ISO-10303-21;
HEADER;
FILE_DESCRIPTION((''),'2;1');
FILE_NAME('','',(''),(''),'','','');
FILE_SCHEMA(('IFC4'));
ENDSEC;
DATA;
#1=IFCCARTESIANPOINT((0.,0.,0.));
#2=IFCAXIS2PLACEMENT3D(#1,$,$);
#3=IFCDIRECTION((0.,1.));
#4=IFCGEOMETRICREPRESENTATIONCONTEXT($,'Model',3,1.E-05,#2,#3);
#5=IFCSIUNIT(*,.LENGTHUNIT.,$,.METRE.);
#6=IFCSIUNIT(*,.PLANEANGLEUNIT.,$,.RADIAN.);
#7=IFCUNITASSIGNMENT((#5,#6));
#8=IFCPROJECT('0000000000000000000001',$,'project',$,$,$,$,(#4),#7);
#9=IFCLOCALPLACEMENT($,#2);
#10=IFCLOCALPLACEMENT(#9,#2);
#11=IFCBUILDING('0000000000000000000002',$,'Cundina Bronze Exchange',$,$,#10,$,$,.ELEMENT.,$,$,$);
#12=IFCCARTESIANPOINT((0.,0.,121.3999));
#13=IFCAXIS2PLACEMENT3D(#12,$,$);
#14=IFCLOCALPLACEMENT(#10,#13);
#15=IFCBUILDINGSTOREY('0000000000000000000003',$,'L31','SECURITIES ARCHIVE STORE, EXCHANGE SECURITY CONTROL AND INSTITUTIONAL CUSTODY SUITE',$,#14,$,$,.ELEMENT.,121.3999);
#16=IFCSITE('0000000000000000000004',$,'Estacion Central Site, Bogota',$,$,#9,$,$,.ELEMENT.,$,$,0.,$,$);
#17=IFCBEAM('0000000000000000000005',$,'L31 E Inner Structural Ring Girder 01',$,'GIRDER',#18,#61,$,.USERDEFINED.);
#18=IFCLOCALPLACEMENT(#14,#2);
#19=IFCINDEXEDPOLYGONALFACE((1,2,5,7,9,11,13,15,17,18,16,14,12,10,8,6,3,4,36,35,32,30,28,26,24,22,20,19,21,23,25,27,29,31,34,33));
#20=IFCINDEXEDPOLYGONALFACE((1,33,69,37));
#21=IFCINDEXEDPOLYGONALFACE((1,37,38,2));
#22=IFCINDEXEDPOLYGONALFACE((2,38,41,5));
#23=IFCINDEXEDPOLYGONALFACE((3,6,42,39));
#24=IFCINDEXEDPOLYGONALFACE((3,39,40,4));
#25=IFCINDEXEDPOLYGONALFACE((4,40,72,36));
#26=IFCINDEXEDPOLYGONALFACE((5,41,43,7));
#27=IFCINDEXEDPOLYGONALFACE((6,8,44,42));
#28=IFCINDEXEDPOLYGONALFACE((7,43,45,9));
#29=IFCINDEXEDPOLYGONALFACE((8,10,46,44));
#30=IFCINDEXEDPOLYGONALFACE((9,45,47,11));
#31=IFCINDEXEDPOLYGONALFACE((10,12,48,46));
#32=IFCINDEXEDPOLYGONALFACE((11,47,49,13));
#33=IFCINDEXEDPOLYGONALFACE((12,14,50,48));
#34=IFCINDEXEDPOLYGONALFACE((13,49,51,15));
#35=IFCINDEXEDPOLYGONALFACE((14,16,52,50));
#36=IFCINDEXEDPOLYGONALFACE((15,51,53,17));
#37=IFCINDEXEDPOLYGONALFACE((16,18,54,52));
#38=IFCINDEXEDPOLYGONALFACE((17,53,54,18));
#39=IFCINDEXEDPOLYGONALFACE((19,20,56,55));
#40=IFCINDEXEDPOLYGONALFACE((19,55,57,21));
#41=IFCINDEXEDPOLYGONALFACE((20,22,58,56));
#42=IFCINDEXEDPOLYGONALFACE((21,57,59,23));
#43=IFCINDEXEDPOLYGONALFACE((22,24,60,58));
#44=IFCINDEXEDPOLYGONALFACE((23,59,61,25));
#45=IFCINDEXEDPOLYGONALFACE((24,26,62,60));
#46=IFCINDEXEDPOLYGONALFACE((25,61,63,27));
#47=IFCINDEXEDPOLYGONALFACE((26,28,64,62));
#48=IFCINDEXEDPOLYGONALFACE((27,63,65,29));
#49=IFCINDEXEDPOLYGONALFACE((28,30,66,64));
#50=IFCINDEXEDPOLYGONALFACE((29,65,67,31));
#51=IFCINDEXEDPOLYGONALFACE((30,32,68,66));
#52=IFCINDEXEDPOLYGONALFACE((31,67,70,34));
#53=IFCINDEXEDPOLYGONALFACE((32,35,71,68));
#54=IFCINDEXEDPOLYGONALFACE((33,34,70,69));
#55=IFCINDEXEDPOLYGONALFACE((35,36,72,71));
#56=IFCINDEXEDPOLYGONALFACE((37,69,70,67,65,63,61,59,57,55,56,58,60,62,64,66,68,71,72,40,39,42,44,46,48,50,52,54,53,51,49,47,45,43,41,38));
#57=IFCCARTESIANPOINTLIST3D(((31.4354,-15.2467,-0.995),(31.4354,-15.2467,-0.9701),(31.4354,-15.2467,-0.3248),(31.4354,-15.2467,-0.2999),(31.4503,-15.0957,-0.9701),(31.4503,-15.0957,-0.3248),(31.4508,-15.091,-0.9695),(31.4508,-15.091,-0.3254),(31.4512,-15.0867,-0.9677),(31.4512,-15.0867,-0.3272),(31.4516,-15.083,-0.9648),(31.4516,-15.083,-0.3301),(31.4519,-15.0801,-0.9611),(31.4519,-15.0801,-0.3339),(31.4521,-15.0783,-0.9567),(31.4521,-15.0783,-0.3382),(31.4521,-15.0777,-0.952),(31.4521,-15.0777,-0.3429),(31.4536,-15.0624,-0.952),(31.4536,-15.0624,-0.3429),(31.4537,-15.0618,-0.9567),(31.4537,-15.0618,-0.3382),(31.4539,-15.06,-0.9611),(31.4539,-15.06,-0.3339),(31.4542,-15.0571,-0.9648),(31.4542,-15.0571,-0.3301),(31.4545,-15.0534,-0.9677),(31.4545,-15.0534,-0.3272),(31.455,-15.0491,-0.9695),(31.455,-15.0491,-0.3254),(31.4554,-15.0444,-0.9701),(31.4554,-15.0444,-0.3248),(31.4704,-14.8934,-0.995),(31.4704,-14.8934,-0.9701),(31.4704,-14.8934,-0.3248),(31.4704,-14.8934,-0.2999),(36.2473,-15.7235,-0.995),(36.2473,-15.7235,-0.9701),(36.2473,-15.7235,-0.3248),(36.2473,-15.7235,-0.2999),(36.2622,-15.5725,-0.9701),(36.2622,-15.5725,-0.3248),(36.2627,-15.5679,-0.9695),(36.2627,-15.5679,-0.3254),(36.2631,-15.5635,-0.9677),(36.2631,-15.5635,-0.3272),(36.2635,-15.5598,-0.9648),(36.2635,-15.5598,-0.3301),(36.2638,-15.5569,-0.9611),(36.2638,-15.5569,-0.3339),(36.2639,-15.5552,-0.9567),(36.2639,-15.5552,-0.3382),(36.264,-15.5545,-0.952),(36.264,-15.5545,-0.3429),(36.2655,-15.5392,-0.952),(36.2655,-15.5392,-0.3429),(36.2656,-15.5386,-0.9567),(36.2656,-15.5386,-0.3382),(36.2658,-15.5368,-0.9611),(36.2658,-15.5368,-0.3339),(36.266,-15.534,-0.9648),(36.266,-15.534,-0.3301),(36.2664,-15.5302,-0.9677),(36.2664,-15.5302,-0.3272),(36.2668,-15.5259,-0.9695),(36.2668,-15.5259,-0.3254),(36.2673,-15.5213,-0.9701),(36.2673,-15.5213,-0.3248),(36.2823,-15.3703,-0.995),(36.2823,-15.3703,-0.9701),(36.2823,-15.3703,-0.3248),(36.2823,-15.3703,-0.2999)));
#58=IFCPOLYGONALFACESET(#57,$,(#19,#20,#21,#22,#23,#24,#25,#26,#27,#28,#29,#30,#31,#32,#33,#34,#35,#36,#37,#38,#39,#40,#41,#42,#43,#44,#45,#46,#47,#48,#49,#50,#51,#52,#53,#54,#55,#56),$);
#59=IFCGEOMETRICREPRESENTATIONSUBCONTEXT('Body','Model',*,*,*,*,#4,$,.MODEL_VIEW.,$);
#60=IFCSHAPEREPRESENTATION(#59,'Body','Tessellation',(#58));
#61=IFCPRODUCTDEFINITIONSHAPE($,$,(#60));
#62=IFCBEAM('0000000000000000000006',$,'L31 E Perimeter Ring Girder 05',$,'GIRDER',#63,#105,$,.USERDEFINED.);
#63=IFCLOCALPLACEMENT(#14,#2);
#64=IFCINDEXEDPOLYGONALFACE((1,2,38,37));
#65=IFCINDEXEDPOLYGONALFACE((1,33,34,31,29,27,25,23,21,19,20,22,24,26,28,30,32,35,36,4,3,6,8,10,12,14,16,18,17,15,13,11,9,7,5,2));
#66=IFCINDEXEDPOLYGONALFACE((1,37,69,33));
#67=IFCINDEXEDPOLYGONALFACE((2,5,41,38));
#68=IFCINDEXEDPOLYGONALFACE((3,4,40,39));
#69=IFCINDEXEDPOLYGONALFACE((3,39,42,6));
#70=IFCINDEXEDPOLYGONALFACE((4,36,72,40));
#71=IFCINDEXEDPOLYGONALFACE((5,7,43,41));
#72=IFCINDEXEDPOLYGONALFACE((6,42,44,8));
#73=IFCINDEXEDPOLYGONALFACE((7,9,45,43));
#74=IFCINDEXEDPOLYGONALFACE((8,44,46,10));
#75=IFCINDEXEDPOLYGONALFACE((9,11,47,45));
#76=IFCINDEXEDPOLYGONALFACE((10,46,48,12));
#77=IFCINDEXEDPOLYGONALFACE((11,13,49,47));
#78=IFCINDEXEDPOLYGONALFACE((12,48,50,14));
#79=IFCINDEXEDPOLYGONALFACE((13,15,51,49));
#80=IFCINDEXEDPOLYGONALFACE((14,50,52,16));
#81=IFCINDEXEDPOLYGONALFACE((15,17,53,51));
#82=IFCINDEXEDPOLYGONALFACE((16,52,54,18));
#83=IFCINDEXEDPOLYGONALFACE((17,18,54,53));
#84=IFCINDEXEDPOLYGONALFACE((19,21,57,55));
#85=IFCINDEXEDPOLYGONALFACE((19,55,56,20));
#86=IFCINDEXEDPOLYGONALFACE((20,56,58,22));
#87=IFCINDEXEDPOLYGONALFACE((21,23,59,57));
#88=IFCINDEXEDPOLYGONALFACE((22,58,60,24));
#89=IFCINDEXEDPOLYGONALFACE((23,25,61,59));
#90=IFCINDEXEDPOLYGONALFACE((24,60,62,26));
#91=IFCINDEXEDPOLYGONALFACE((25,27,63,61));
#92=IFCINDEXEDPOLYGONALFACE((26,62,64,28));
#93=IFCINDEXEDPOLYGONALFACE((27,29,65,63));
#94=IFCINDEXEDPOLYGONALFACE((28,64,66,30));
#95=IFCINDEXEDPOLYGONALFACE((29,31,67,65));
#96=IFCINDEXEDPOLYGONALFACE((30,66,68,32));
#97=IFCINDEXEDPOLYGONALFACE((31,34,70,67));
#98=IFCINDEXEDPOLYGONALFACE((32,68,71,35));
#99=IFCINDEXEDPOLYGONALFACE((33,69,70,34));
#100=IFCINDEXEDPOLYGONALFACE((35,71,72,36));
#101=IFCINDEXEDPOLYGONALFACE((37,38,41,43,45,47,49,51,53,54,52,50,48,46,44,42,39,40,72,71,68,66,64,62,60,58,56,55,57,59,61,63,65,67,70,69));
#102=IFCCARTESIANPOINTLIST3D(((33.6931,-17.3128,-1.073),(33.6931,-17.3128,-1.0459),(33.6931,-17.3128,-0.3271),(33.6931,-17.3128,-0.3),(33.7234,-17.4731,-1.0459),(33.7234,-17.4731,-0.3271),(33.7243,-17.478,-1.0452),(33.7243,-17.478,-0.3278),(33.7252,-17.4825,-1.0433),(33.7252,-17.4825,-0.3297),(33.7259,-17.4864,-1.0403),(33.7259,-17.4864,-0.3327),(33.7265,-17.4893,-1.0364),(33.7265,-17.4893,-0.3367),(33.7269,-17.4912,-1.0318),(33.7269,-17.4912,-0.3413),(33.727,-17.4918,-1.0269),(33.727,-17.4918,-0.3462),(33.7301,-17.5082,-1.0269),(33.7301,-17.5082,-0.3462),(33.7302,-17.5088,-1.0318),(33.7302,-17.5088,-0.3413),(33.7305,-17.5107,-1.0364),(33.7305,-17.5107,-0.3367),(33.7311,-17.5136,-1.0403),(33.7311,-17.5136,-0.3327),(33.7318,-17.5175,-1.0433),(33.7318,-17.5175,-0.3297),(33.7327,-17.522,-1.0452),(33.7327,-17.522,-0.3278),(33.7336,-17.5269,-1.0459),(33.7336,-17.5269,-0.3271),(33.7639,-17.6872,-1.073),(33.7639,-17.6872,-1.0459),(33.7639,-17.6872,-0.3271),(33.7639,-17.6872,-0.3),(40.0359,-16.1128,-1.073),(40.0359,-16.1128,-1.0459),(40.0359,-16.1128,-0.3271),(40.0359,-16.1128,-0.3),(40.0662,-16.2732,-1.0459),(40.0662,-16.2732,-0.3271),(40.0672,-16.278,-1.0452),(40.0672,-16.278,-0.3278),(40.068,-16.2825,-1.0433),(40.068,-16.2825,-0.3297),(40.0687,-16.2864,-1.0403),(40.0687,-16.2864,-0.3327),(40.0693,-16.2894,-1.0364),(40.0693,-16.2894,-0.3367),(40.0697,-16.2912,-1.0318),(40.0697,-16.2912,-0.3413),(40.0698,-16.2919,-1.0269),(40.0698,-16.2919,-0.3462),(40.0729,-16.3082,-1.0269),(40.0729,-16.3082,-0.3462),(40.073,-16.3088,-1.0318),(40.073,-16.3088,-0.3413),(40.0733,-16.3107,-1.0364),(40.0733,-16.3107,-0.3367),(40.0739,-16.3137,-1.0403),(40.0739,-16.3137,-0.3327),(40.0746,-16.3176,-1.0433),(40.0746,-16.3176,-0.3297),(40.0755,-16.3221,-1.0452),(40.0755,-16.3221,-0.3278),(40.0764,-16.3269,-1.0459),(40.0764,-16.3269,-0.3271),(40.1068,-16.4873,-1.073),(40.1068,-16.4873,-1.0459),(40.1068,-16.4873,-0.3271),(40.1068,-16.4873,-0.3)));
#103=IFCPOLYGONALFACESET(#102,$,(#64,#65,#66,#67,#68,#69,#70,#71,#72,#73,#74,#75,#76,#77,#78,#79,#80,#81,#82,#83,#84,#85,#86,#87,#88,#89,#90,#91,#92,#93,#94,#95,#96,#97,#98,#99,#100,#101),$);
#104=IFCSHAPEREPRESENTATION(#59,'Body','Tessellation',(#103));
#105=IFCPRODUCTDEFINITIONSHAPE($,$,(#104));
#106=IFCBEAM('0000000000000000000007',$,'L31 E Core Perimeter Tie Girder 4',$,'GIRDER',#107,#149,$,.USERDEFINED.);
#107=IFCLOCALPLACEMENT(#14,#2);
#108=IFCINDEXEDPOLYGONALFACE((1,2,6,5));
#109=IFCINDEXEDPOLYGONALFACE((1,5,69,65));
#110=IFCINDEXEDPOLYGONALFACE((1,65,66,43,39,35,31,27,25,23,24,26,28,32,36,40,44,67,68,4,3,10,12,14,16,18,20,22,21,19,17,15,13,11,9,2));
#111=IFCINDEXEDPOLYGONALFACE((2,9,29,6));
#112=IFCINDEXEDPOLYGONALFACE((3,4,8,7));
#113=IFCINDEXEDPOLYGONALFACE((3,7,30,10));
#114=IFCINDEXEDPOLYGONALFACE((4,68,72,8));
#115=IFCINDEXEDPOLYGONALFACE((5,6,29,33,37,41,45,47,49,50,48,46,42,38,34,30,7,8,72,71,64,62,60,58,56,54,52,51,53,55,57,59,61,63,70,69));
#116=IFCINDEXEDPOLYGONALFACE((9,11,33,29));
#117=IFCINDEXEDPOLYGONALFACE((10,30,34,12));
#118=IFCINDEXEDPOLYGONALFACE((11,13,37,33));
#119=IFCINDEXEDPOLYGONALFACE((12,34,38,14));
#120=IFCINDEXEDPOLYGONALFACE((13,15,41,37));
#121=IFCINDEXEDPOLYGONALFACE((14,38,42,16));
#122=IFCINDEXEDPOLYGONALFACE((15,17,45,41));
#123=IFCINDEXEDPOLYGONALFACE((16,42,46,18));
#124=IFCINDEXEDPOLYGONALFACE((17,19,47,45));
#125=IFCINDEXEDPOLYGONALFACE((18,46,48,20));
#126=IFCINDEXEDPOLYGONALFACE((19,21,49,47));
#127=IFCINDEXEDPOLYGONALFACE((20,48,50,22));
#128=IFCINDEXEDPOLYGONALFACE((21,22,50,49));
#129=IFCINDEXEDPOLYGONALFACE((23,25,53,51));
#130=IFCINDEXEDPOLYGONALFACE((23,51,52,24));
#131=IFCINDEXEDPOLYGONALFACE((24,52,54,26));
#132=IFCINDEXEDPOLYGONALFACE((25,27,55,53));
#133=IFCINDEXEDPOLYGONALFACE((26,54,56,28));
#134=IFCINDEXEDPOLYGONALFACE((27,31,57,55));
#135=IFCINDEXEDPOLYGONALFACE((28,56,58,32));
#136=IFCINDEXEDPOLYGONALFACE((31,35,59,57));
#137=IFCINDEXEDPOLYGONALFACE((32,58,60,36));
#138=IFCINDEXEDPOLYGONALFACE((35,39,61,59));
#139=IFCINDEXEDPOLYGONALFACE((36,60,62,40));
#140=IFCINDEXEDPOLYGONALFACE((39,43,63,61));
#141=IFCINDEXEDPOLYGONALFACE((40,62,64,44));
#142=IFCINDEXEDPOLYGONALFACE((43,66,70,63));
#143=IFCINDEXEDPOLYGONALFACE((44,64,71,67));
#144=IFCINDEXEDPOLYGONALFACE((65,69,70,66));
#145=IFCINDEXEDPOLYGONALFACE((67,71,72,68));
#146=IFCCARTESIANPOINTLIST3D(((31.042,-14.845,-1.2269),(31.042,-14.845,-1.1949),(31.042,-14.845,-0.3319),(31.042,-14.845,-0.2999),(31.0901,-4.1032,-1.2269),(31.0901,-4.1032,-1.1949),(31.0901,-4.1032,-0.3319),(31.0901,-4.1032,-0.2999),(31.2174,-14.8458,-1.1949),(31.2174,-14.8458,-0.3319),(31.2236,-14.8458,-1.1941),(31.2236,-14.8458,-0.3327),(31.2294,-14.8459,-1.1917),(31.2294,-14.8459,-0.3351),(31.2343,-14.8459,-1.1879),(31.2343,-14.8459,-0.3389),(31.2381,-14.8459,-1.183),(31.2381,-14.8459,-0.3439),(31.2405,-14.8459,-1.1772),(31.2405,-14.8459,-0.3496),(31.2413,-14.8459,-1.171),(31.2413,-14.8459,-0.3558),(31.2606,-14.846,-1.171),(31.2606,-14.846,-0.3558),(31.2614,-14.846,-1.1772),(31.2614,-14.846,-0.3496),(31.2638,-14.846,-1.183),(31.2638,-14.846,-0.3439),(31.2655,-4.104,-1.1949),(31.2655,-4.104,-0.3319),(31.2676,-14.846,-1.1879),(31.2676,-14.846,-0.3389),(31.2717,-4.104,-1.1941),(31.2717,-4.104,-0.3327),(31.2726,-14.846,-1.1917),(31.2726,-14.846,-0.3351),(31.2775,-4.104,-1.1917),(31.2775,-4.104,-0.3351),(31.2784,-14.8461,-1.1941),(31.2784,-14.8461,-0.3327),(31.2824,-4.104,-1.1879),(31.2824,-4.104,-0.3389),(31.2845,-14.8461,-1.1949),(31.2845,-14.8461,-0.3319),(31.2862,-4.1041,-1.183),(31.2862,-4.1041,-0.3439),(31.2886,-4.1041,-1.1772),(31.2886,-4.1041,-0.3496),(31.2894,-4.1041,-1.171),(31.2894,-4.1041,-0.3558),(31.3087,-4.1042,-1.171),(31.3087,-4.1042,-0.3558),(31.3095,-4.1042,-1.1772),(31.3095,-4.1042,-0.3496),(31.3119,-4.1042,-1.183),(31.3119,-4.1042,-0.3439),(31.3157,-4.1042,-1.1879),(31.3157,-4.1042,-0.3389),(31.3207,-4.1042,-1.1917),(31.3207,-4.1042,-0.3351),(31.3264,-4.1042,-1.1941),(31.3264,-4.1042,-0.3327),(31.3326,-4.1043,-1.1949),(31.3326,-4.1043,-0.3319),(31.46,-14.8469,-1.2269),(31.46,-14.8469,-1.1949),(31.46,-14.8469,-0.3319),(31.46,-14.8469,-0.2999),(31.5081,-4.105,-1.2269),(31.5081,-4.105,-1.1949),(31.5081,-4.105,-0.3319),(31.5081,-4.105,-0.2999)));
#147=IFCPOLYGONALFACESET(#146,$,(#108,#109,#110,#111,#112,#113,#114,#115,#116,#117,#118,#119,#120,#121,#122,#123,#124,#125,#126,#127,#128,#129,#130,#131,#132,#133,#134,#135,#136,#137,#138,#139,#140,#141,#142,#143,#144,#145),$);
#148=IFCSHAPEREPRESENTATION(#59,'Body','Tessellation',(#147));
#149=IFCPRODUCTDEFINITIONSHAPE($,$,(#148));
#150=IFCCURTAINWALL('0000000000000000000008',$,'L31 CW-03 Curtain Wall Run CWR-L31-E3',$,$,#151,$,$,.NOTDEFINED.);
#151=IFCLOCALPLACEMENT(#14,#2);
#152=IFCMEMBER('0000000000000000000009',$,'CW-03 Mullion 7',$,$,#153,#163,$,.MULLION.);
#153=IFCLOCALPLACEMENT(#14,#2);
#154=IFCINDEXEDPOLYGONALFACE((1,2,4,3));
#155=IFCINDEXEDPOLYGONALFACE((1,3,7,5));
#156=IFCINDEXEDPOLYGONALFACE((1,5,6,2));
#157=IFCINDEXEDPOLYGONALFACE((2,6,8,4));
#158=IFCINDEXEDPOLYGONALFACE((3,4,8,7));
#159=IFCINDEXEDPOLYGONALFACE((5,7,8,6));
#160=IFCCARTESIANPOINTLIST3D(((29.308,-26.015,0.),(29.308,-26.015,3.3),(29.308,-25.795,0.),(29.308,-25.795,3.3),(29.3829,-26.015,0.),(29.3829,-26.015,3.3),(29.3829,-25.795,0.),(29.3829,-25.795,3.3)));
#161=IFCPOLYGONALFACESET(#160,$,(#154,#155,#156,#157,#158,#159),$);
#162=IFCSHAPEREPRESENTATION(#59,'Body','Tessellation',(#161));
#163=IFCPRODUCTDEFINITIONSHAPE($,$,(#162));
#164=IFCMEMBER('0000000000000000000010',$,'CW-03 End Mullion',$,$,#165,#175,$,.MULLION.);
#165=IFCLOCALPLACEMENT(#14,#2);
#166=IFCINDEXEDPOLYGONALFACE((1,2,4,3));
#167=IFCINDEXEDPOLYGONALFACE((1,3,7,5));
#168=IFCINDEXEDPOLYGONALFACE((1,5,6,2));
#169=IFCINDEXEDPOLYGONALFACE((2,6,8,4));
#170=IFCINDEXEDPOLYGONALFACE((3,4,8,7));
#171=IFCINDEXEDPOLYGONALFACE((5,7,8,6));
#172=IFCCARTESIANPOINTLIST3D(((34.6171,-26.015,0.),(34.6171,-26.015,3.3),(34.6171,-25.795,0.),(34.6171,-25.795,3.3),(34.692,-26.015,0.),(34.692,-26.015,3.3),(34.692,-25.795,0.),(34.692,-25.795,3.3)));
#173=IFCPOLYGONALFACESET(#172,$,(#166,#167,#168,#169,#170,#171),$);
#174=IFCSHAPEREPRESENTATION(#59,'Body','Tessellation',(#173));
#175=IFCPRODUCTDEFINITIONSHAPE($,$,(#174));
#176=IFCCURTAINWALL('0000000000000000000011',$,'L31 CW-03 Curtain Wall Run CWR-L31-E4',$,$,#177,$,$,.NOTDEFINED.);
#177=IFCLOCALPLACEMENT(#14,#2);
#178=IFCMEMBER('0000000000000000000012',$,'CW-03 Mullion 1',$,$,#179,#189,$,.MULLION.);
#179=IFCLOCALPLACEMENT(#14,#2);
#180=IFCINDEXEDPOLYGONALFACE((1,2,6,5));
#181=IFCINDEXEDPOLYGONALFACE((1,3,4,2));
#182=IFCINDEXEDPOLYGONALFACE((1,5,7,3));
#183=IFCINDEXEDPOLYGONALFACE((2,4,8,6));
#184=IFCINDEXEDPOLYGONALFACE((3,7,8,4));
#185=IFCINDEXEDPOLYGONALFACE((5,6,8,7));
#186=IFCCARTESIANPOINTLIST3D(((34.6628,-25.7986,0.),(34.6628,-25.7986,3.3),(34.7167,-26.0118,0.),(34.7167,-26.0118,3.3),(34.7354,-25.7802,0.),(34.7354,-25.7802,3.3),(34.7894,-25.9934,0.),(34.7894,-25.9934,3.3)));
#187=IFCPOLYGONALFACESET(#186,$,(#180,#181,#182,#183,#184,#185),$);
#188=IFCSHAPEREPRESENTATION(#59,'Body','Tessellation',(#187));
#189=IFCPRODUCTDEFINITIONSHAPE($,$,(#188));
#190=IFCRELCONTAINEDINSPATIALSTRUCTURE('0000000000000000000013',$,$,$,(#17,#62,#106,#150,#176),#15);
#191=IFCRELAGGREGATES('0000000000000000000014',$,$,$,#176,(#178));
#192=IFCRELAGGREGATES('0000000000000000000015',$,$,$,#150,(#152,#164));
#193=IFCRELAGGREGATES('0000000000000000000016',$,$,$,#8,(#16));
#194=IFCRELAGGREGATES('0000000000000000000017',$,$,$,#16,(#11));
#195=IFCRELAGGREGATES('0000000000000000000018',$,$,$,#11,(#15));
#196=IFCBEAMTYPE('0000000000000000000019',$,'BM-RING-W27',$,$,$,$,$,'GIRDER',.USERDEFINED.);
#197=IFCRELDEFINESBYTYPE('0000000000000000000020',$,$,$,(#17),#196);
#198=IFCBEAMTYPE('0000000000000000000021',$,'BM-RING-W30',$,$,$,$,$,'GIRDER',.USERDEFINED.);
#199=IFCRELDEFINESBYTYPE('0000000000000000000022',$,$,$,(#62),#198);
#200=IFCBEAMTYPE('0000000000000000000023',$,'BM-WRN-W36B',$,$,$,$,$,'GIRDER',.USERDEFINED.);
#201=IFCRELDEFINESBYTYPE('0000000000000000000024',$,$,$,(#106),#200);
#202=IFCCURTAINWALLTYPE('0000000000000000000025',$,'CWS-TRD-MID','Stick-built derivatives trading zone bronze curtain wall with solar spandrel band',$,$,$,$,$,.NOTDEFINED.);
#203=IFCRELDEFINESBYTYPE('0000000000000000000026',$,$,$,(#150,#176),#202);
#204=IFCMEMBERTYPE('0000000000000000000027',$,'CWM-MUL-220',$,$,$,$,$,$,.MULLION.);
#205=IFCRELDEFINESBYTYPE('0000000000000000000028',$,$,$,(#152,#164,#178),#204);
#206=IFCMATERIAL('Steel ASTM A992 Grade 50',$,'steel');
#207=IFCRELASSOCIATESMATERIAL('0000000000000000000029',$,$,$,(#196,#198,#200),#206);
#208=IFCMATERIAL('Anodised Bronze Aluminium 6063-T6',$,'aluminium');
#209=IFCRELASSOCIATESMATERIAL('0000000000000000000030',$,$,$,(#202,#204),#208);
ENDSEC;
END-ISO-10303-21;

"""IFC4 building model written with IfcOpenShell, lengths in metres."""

from ifc_helpers import new_model, si_unit, direction, frame, origin, origin_2d, place, context, subcontext, project, spatial, rectangle, i_section, extrude, material, material_profile, profile_set, type_object, element, aggregate, save


model = new_model("IFC4")

# Units and contexts
model_context = context("Model", 3, precision=1e-05, world=origin(), true_north=direction((0.0, 1.0)))
body_context = subcontext(model_context, "Body", "Model", "MODEL_VIEW")
ifc_project = project(units=[si_unit("LENGTHUNIT", "METRE"), si_unit("PLANEANGLEUNIT", "RADIAN")], contexts=[model_context])

# Site, building, storey
site_placement = place(None, origin())
site = spatial("IfcSite", under=ifc_project, at=site_placement, Name="Estacion Central Site, Bogota", CompositionType="ELEMENT", RefElevation=0.0)
building_placement = place(site_placement, origin())
building = spatial("IfcBuilding", under=site, at=building_placement, Name="Cundina Bronze Exchange", CompositionType="ELEMENT")
storey_placement = place(building_placement, frame((0.0, 0.0, 121.3999)))
storey = spatial("IfcBuildingStorey", under=building, at=storey_placement, Name="L31", Description="SECURITIES ARCHIVE STORE, EXCHANGE SECURITY CONTROL AND INSTITUTIONAL CUSTODY SUITE", CompositionType="ELEMENT", Elevation=121.3999)

# Shared definitions
ifc_material_1 = material(Name="Steel ASTM A992 Grade 50", Category="steel")

# Beams
ifc_material_profile_1 = material_profile(ifc_material_1, i_section(OverallWidth=0.355, OverallDepth=0.6951, WebThickness=0.0154, FlangeThickness=0.0249, FilletRadius=0.0181, at=origin_2d()), Name="W27X146", Category="steel")
ifc_profile_set_1 = profile_set([ifc_material_profile_1], Name="Steel ASTM A992 Grade 50")
beam_type_1 = type_object("IfcBeamType", Name="BM-RING-W27", ElementType="GIRDER", PredefinedType="USERDEFINED", material=ifc_profile_set_1)
beam_1_placement = place(storey_placement, frame((31.4529, -15.0701, -0.6475), z_axis=(0.995126, -0.098609, 0.0), x_axis=(0.098609, 0.995126, 0.0)))
element("IfcBeam", 1, at=beam_1_placement, inside=storey, type_object=beam_type_1, Name="L31 E Inner Structural Ring Girder 01", ObjectType="GIRDER", PredefinedType="USERDEFINED", context=body_context, shape_type="SweptSolid", body=[
    extrude(i_section(OverallWidth=0.355, OverallDepth=0.6951, WebThickness=0.0154, FlangeThickness=0.0249, FilletRadius=0.0181, at=origin_2d()), origin(), (0.0, 0.0, 1.0), 4.8354),
])
ifc_material_profile_2 = material_profile(ifc_material_1, i_section(OverallWidth=0.3811, OverallDepth=0.7729, WebThickness=0.0166, FlangeThickness=0.0271, FilletRadius=0.019, at=origin_2d()), Name="W30X173", Category="steel")
ifc_profile_set_2 = profile_set([ifc_material_profile_2], Name="Steel ASTM A992 Grade 50")
beam_type_2 = type_object("IfcBeamType", Name="BM-RING-W30", ElementType="GIRDER", PredefinedType="USERDEFINED", material=ifc_profile_set_2)
beam_2_placement = place(storey_placement, frame((33.7285, -17.5, -0.6865), z_axis=(0.982571, 0.185887, 0.0), x_axis=(-0.185887, 0.982571, 0.0)))
element("IfcBeam", 2, at=beam_2_placement, inside=storey, type_object=beam_type_2, Name="L31 E Perimeter Ring Girder 05", ObjectType="GIRDER", PredefinedType="USERDEFINED", context=body_context, shape_type="SweptSolid", body=[
    extrude(i_section(OverallWidth=0.3811, OverallDepth=0.7729, WebThickness=0.0166, FlangeThickness=0.0271, FilletRadius=0.019, at=origin_2d()), origin(), (0.0, 0.0, 1.0), 6.4553),
])
ifc_material_profile_3 = material_profile(ifc_material_1, i_section(OverallWidth=0.418, OverallDepth=0.927, WebThickness=0.0193, FlangeThickness=0.032, FilletRadius=0.0239, at=origin_2d()), Name="W36X231", Category="steel")
ifc_profile_set_3 = profile_set([ifc_material_profile_3], Name="Steel ASTM A992 Grade 50")
beam_type_3 = type_object("IfcBeamType", Name="BM-WRN-W36B", ElementType="GIRDER", PredefinedType="USERDEFINED", material=ifc_profile_set_3)
beam_3_placement = place(storey_placement, frame((31.251, -14.8459, -0.7634), z_axis=(0.004477, 0.99999, 0.0), x_axis=(-0.99999, 0.004477, 0.0)))
element("IfcBeam", 3, at=beam_3_placement, inside=storey, type_object=beam_type_3, Name="L31 E Core Perimeter Tie Girder 4", ObjectType="GIRDER", PredefinedType="USERDEFINED", context=body_context, shape_type="SweptSolid", body=[
    extrude(i_section(OverallWidth=0.418, OverallDepth=0.927, WebThickness=0.0193, FlangeThickness=0.032, FilletRadius=0.0239, at=origin_2d()), origin(), (0.0, 0.0, 1.0), 10.7419),
])

# Curtain wall, members
ifc_material_2 = material(Name="Anodised Bronze Aluminium 6063-T6", Category="aluminium")
curtain_wall_type = type_object("IfcCurtainWallType", Name="CWS-TRD-MID", Description="Stick-built derivatives trading zone bronze curtain wall with solar spandrel band", PredefinedType="NOTDEFINED", material=ifc_material_2)
curtain_wall_1_placement = place(storey_placement, origin())
curtain_wall_1 = element("IfcCurtainWall", 4, at=curtain_wall_1_placement, inside=storey, type_object=curtain_wall_type, Name="L31 CW-03 Curtain Wall Run CWR-L31-E3", PredefinedType="NOTDEFINED")
ifc_material_profile_4 = material_profile(ifc_material_2, rectangle(XDim=0.075, YDim=0.22, at=origin_2d()), Name="AL75X220", Category="aluminium")
ifc_profile_set_4 = profile_set([ifc_material_profile_4], Name="Anodised Bronze Aluminium 6063-T6")
member_type_1 = type_object("IfcMemberType", Name="CWM-MUL-220", PredefinedType="MULLION", material=ifc_profile_set_4)
member_1_placement = place(storey_placement, frame((29.3455, -25.905, 0.0), z_axis=(0.0, 0.0, 1.0), x_axis=(1.0, 0.0, 0.0)))
member_1 = element("IfcMember", 5, at=member_1_placement, type_object=member_type_1, Name="CW-03 Mullion 7", PredefinedType="MULLION", context=body_context, shape_type="SweptSolid", body=[
    extrude(rectangle(XDim=0.075, YDim=0.22, at=origin_2d()), origin(), (0.0, 0.0, 1.0), 3.3),
])
member_2_placement = place(storey_placement, frame((34.6545, -25.905, 0.0), z_axis=(0.0, 0.0, 1.0), x_axis=(1.0, 0.0, 0.0)))
member_2 = element("IfcMember", 6, at=member_2_placement, type_object=member_type_1, Name="CW-03 End Mullion", PredefinedType="MULLION", context=body_context, shape_type="SweptSolid", body=[
    extrude(rectangle(XDim=0.075, YDim=0.22, at=origin_2d()), origin(), (0.0, 0.0, 1.0), 3.3),
])

# Curtain wall, member
curtain_wall_2_placement = place(storey_placement, origin())
curtain_wall_2 = element("IfcCurtainWall", 7, at=curtain_wall_2_placement, inside=storey, type_object=curtain_wall_type, Name="L31 CW-03 Curtain Wall Run CWR-L31-E4", PredefinedType="NOTDEFINED")
member_3_placement = place(storey_placement, frame((34.7261, -25.896, 0.0), z_axis=(0.0, 0.0, 1.0), x_axis=(0.969488, 0.245138, 0.0)))
member_3 = element("IfcMember", 8, at=member_3_placement, type_object=member_type_1, Name="CW-03 Mullion 1", PredefinedType="MULLION", context=body_context, shape_type="SweptSolid", body=[
    extrude(rectangle(XDim=0.075, YDim=0.22, at=origin_2d()), origin(), (0.0, 0.0, 1.0), 3.3),
])
aggregate(curtain_wall_2, [member_3])

aggregate(curtain_wall_1, [member_1, member_2])

save(model, "model.ifc")
